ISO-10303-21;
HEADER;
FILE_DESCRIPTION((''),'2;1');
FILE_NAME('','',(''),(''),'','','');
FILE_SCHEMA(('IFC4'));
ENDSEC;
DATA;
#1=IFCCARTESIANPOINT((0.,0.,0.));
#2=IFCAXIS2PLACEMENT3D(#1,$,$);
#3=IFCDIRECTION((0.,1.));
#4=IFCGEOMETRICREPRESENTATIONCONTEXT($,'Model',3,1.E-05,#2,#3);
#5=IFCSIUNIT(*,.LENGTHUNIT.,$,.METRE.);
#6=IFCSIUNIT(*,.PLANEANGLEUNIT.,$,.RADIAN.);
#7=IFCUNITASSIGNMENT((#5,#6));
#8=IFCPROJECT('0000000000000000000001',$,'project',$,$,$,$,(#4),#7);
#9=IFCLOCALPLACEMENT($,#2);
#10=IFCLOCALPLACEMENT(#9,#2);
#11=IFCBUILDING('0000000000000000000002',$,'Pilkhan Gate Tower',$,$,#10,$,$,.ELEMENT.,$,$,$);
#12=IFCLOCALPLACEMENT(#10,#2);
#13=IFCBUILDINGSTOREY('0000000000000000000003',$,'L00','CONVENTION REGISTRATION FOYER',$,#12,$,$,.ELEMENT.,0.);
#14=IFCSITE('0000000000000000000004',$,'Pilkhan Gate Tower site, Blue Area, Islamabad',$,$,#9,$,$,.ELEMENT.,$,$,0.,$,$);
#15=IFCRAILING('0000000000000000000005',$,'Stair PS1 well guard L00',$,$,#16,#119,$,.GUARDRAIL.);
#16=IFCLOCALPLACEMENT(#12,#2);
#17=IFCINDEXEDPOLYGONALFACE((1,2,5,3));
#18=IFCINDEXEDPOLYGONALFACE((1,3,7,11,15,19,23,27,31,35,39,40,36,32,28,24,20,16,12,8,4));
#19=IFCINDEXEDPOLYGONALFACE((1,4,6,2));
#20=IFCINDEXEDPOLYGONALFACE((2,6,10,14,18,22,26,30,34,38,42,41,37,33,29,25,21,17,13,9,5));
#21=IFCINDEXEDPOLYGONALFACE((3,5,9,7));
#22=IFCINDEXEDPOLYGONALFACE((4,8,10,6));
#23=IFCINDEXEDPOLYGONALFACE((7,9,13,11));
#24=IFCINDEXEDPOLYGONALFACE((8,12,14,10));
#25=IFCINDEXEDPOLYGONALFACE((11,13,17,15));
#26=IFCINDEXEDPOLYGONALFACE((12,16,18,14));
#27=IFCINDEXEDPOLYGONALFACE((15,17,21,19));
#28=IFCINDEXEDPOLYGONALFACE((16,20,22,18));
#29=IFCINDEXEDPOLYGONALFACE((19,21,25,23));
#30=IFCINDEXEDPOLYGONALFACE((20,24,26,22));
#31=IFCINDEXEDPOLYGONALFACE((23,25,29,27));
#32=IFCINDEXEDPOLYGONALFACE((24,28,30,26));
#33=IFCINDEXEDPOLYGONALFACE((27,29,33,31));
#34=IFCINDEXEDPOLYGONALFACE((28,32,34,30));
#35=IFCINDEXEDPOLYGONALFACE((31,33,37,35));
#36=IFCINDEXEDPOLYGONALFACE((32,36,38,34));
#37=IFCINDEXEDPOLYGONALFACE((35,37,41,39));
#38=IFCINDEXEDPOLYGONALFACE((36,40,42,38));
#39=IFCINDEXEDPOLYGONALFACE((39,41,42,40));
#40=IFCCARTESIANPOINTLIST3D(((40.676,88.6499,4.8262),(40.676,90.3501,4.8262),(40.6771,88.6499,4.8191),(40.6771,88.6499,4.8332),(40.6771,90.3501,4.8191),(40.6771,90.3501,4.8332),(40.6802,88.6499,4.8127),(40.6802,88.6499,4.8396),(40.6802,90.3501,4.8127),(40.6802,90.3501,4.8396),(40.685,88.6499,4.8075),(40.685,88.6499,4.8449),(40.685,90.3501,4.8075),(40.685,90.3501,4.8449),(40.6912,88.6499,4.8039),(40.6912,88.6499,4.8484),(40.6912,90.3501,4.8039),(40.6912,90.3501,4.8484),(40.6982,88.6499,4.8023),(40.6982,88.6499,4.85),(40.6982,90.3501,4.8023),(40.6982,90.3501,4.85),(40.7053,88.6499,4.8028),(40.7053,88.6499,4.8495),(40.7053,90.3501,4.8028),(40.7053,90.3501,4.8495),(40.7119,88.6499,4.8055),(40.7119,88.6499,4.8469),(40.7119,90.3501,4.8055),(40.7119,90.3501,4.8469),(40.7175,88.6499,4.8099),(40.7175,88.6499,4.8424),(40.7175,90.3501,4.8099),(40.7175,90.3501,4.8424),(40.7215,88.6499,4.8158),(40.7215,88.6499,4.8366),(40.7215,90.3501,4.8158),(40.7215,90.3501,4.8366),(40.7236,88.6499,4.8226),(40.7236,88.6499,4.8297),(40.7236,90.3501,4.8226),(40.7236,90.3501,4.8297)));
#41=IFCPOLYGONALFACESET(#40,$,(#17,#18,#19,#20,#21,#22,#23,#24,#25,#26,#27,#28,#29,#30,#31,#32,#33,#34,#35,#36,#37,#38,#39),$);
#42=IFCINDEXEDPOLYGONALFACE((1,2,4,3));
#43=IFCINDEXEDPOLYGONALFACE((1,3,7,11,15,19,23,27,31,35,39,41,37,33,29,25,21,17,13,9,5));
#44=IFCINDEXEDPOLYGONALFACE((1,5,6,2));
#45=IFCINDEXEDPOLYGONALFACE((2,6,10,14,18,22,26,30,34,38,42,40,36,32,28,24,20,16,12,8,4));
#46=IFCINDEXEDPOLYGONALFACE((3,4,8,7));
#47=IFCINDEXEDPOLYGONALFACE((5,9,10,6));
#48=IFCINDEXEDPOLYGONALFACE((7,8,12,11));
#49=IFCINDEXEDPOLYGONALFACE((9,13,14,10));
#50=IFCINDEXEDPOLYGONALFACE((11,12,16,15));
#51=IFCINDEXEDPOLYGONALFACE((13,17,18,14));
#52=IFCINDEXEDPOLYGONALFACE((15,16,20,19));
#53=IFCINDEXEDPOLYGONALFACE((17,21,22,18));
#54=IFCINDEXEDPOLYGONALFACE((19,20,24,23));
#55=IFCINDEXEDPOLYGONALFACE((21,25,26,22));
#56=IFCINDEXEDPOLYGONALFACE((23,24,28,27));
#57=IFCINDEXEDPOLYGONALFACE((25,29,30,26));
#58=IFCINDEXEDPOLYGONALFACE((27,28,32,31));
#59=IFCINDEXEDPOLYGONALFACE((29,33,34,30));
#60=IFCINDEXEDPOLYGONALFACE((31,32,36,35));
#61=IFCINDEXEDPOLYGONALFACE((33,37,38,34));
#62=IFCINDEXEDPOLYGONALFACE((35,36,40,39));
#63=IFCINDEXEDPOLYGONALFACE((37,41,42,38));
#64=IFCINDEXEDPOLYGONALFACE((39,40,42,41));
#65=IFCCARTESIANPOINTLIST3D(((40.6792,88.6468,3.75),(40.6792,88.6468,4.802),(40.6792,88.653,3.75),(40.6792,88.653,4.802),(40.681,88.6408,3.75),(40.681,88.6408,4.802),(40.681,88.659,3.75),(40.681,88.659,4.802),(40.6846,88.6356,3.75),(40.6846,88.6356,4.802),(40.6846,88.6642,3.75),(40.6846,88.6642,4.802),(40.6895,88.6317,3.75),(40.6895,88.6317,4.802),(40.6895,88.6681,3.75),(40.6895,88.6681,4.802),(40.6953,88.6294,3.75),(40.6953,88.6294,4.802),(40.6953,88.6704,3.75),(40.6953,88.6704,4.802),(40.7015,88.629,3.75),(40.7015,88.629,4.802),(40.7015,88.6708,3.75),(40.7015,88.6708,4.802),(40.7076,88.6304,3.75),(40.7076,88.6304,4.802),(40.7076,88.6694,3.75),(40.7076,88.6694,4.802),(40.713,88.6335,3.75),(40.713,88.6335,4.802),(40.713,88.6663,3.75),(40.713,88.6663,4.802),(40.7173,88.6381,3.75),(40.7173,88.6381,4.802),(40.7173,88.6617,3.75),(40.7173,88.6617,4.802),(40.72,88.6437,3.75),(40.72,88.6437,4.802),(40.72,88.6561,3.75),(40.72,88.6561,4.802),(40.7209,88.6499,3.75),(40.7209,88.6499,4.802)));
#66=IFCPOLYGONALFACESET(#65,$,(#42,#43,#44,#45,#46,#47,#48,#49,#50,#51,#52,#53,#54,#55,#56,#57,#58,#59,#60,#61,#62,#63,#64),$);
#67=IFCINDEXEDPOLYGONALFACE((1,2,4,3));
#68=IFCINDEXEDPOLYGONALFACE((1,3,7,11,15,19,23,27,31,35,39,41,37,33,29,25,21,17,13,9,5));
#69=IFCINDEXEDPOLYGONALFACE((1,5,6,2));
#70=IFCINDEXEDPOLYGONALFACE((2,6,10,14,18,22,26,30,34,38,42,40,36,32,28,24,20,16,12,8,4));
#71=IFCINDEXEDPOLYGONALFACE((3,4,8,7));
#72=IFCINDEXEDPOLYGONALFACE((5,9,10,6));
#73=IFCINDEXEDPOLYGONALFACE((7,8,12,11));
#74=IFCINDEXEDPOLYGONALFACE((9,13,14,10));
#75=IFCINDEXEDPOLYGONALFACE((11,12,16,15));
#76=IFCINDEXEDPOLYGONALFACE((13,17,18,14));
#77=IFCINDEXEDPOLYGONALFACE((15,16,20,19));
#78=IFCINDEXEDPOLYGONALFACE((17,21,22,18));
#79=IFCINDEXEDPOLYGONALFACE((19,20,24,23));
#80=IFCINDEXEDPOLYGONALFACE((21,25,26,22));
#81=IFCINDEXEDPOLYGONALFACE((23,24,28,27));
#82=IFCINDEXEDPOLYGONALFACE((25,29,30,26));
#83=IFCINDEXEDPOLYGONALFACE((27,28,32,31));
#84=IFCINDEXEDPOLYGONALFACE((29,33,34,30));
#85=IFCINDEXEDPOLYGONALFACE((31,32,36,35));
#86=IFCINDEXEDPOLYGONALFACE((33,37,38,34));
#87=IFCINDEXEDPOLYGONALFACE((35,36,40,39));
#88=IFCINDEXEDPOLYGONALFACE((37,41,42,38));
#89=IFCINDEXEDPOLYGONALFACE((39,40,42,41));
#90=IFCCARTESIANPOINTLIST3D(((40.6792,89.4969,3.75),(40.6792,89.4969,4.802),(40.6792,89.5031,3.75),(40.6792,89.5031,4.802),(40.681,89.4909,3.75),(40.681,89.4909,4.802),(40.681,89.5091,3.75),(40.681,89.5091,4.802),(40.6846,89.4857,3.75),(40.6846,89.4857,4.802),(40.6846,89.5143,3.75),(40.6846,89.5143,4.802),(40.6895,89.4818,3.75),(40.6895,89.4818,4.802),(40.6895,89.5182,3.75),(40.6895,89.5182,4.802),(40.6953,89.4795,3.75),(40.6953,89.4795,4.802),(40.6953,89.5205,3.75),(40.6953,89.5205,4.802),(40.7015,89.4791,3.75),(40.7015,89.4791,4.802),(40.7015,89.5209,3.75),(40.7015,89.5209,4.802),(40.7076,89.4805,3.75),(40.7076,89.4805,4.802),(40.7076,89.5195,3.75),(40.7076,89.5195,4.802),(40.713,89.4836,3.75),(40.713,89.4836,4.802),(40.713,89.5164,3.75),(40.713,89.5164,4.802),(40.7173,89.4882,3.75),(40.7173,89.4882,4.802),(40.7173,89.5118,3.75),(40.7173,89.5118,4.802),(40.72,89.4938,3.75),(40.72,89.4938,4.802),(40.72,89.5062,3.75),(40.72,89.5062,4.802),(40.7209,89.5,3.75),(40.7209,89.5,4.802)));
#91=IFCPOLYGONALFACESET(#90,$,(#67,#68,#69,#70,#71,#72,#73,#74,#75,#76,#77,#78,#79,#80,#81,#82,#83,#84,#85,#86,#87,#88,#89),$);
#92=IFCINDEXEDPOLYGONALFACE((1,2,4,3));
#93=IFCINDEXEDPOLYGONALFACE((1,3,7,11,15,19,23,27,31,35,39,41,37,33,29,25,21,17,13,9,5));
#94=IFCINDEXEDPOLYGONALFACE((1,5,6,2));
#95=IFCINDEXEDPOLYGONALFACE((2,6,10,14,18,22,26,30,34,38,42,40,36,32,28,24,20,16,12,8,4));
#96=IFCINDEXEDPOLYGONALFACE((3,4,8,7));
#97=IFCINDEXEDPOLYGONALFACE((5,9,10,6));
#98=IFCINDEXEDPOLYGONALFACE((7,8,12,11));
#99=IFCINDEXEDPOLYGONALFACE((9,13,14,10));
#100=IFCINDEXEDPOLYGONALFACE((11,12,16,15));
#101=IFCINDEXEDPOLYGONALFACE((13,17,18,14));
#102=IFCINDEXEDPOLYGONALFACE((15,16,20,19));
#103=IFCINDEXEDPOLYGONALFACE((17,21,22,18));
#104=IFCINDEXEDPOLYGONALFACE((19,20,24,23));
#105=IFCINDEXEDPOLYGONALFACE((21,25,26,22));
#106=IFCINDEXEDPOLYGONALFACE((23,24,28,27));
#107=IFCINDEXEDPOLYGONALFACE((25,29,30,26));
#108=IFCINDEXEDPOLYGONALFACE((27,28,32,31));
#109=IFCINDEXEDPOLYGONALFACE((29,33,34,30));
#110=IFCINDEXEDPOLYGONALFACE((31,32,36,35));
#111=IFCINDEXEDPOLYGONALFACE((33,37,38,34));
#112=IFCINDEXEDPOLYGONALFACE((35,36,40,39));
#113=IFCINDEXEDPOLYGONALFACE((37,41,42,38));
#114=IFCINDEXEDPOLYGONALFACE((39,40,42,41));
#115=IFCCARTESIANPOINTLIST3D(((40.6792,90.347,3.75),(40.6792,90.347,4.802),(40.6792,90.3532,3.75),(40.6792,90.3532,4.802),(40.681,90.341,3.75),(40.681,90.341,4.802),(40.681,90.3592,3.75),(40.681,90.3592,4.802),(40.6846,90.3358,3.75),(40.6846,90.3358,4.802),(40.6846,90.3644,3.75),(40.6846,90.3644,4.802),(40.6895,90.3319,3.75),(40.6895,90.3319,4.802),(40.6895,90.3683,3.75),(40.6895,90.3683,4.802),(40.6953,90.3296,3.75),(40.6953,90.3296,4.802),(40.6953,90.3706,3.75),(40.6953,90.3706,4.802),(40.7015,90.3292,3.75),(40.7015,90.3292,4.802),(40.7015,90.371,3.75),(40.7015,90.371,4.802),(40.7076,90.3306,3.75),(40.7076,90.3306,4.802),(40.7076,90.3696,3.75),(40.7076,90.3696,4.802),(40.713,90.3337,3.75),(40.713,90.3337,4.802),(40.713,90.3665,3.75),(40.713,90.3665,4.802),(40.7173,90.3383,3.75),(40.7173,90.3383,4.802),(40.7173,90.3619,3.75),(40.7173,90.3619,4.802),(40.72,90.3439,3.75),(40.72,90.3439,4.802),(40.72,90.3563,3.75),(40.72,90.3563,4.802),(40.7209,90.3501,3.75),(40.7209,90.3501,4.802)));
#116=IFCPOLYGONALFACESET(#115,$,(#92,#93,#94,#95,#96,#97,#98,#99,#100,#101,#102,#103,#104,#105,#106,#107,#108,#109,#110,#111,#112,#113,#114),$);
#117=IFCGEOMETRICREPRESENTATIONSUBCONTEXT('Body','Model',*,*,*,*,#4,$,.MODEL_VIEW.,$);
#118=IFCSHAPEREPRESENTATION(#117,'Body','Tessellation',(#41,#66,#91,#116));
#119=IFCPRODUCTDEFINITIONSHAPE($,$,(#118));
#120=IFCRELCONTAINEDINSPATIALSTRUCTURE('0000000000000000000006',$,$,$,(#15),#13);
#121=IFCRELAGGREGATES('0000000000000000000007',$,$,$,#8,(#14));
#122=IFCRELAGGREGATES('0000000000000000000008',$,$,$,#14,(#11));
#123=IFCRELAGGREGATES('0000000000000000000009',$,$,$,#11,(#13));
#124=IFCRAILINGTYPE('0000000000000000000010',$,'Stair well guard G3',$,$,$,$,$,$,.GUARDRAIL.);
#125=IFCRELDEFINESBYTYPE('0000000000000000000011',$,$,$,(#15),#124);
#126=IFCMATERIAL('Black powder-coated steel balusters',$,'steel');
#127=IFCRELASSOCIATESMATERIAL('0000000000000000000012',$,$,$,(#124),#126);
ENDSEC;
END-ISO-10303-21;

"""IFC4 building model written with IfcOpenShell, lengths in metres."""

from ifc_helpers import new_model, si_unit, direction, frame, origin, origin_2d, place, context, subcontext, project, spatial, circle, extrude, material, type_object, element, save


model = new_model("IFC4")

# Units and contexts
model_context = context("Model", 3, precision=1e-05, world=origin(), true_north=direction((0.0, 1.0)))
body_context = subcontext(model_context, "Body", "Model", "MODEL_VIEW")
ifc_project = project(units=[si_unit("LENGTHUNIT", "METRE"), si_unit("PLANEANGLEUNIT", "RADIAN")], contexts=[model_context])

# Site, building, storey
site_placement = place(None, origin())
site = spatial("IfcSite", under=ifc_project, at=site_placement, Name="Pilkhan Gate Tower site, Blue Area, Islamabad", CompositionType="ELEMENT", RefElevation=0.0)
building_placement = place(site_placement, origin())
building = spatial("IfcBuilding", under=site, at=building_placement, Name="Pilkhan Gate Tower", CompositionType="ELEMENT")
storey_placement = place(building_placement, origin())
storey = spatial("IfcBuildingStorey", under=building, at=storey_placement, Name="L00", Description="CONVENTION REGISTRATION FOYER", CompositionType="ELEMENT", Elevation=0.0)

# Railing
ifc_material_1 = material(Name="Black powder-coated steel balusters", Category="steel")
railing_type_1 = type_object("IfcRailingType", Name="Stair well guard G3", PredefinedType="GUARDRAIL", material=ifc_material_1)
railing_1_placement = place(storey_placement, frame((40.7, 88.6499, 3.75)))
element("IfcRailing", 1, at=railing_1_placement, inside=storey, type_object=railing_type_1, Name="Stair PS1 well guard L00", PredefinedType="GUARDRAIL", context=body_context, shape_type="SweptSolid", body=[
    extrude(circle(Radius=0.0239, at=origin_2d()), frame((0.0, 0.0, 1.0762), z_axis=(0.0, 1.0, 0.0), x_axis=(-1.0, 0.0, 0.0)), (0.0, 0.0, 1.0), 1.7002),
    extrude(circle(Radius=0.021, at=origin_2d()), origin(), (0.0, 0.0, 1.0), 1.052),
    extrude(circle(Radius=0.021, at=origin_2d()), frame((0.0, 0.8501, 0.0)), (0.0, 0.0, 1.0), 1.052),
    extrude(circle(Radius=0.021, at=origin_2d()), frame((0.0, 1.7002, 0.0)), (0.0, 0.0, 1.0), 1.052),
])

save(model, "model.ifc")
